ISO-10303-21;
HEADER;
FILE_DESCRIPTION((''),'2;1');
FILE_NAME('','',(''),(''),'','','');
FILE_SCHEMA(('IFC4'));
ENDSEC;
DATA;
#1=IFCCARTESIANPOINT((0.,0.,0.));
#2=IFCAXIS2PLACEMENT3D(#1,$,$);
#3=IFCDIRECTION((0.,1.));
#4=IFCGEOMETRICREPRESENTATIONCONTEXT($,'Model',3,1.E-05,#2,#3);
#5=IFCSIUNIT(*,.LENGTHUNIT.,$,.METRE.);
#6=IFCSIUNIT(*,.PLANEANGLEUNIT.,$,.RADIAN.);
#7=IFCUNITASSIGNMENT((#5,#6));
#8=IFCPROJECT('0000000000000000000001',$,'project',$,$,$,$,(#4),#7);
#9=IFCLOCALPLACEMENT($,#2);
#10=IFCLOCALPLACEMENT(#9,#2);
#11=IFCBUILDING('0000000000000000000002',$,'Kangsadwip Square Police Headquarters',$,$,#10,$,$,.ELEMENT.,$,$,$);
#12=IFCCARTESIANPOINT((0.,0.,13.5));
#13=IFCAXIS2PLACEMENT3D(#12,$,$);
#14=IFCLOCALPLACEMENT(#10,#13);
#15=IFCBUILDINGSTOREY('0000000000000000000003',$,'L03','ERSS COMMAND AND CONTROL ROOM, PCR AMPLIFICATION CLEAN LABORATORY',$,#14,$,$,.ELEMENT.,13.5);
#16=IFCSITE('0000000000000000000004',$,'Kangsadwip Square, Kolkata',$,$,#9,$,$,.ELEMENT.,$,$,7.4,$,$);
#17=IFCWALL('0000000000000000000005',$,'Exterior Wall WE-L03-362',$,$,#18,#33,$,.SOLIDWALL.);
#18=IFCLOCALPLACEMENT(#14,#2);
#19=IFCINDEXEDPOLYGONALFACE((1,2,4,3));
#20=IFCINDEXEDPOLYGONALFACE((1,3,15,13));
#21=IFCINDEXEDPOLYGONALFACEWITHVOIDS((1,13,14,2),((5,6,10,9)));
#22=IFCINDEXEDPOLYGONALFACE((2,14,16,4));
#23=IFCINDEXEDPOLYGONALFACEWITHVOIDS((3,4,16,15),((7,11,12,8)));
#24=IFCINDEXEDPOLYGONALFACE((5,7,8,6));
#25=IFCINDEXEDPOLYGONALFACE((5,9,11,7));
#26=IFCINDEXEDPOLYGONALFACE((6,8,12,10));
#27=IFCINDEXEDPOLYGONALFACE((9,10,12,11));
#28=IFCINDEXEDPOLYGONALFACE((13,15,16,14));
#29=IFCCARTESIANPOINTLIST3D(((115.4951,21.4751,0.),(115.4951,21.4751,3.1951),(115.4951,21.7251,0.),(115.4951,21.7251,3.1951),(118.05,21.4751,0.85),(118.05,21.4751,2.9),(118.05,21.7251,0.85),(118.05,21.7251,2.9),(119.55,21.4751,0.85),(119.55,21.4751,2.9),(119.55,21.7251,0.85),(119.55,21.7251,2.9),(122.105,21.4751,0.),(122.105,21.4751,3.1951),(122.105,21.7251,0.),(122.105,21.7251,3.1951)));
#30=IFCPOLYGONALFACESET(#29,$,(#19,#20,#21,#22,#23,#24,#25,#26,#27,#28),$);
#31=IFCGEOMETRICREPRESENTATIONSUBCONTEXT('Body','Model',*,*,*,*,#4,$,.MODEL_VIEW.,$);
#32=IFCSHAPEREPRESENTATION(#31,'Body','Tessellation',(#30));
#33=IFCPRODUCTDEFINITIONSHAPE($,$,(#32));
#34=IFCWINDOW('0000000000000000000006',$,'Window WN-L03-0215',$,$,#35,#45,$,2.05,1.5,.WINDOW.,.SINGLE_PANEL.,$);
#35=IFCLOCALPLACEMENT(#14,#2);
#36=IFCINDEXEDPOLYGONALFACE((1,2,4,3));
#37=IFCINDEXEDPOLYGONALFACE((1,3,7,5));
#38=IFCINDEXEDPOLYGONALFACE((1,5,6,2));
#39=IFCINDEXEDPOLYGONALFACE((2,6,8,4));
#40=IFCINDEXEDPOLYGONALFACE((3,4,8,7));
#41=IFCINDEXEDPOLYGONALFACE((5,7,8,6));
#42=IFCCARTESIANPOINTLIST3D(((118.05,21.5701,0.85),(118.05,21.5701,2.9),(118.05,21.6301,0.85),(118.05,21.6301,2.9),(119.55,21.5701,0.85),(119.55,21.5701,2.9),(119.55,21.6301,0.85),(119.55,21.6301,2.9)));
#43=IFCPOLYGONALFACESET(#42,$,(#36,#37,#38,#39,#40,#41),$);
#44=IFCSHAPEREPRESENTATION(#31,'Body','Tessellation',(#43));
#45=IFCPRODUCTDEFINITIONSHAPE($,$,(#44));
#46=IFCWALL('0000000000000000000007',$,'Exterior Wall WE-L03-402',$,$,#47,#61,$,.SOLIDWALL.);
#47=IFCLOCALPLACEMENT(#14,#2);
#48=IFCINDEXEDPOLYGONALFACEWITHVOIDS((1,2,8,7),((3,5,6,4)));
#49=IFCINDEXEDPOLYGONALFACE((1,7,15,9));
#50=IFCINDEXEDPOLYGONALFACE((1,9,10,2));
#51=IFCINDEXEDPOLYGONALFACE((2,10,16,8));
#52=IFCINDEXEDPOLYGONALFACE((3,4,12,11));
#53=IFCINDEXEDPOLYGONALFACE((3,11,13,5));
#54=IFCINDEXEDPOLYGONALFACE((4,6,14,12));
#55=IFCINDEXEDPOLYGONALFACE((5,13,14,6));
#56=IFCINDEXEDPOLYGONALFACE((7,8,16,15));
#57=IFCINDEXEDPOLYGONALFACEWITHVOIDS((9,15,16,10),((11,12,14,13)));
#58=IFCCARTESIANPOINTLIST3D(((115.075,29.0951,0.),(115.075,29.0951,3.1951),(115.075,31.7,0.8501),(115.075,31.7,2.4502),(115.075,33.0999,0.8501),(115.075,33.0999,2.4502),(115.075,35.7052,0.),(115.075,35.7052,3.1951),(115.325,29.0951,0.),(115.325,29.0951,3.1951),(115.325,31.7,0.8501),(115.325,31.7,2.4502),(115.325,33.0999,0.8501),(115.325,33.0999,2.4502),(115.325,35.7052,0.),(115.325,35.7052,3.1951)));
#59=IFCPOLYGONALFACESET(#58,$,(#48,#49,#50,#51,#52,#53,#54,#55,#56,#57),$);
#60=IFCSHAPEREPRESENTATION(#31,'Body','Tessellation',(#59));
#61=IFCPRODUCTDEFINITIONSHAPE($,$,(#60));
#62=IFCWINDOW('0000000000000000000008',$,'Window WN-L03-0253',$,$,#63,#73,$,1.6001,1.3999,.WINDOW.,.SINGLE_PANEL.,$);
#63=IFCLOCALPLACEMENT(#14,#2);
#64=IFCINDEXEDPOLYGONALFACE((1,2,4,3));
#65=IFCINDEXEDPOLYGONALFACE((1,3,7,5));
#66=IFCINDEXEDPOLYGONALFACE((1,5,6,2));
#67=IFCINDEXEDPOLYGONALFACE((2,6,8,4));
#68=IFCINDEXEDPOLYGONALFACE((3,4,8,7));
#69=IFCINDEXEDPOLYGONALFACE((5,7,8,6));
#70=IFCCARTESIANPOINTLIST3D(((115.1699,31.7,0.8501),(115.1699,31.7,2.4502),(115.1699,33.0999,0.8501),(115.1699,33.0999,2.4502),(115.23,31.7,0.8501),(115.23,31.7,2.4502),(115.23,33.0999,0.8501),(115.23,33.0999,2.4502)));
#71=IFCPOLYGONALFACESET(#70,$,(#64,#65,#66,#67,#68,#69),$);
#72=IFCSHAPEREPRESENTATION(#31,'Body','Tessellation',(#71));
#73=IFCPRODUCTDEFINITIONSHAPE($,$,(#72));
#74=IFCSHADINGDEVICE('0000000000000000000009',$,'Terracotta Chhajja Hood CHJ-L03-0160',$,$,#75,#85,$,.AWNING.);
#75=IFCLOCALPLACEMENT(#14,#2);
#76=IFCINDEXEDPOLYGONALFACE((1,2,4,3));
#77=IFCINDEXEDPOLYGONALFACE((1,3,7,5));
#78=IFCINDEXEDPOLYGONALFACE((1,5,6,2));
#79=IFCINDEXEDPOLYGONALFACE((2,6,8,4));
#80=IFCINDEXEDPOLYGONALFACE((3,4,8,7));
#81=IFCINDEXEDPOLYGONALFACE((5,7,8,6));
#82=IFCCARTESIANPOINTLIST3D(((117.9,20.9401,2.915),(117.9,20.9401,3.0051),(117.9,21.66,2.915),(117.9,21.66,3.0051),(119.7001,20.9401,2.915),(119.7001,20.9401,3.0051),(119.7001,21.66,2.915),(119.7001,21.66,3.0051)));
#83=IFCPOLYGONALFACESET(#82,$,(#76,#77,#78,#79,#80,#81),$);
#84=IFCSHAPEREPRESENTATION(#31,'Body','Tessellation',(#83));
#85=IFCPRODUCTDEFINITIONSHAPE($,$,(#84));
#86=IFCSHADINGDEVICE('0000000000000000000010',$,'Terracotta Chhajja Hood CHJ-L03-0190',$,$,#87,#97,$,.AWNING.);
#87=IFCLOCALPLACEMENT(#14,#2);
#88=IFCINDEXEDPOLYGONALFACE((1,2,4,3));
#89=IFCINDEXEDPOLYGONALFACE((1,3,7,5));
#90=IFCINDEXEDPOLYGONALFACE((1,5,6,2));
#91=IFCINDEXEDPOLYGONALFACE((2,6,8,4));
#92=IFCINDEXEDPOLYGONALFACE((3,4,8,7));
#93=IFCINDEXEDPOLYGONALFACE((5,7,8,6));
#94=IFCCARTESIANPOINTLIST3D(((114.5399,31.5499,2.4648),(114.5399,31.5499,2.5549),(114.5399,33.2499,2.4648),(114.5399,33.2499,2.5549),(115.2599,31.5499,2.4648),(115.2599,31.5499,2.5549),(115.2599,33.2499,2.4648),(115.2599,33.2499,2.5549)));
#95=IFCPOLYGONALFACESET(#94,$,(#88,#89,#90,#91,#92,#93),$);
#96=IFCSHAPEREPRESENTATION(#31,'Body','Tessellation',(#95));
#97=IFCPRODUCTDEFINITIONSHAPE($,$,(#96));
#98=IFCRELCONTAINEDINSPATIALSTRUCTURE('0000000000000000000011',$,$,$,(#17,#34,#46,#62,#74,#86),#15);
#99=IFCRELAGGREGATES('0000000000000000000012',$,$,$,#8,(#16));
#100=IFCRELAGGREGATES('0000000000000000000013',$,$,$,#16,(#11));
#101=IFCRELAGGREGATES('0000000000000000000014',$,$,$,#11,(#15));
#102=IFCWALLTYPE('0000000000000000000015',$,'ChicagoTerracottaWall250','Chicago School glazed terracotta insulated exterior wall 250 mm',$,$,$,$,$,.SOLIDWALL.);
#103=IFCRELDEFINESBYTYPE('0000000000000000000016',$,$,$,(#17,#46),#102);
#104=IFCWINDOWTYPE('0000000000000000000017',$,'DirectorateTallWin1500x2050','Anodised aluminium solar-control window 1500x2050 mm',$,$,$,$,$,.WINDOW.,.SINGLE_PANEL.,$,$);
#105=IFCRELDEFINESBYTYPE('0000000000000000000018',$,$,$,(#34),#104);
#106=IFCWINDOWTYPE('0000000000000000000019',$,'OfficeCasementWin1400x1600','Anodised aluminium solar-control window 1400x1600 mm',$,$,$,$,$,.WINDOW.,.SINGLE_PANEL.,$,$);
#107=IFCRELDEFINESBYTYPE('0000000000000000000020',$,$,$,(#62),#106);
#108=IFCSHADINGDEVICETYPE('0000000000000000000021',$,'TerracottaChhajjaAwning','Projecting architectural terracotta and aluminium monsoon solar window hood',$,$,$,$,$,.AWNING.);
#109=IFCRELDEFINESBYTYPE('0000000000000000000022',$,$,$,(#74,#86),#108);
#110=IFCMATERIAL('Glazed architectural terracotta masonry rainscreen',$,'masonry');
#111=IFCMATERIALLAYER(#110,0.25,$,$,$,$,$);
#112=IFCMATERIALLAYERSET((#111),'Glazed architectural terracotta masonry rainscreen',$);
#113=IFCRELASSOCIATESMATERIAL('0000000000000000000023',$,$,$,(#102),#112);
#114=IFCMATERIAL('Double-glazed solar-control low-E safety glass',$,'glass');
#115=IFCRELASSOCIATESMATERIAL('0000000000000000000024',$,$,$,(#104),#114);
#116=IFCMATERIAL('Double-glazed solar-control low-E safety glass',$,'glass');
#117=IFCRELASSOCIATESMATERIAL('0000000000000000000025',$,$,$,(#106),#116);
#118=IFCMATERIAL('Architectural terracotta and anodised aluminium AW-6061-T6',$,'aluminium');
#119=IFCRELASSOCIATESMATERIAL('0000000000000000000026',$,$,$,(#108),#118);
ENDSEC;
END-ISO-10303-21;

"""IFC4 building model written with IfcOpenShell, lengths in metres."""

from ifc_helpers import new_model, si_unit, direction, frame, frame_2d, origin, origin_2d, place, context, subcontext, project, spatial, rectangle, extrude, material, layer, layer_set, type_object, element, fill, save


model = new_model("IFC4")

# Units and contexts
model_context = context("Model", 3, precision=1e-05, world=origin(), true_north=direction((0.0, 1.0)))
body_context = subcontext(model_context, "Body", "Model", "MODEL_VIEW")
ifc_project = project(units=[si_unit("LENGTHUNIT", "METRE"), si_unit("PLANEANGLEUNIT", "RADIAN")], contexts=[model_context])

# Site, building, storey
site_placement = place(None, origin())
site = spatial("IfcSite", under=ifc_project, at=site_placement, Name="Kangsadwip Square, Kolkata", CompositionType="ELEMENT", RefElevation=7.4)
building_placement = place(site_placement, origin())
building = spatial("IfcBuilding", under=site, at=building_placement, Name="Kangsadwip Square Police Headquarters", CompositionType="ELEMENT")
storey_placement = place(building_placement, frame((0.0, 0.0, 13.5)))
storey = spatial("IfcBuildingStorey", under=building, at=storey_placement, Name="L03", Description="ERSS COMMAND AND CONTROL ROOM, PCR AMPLIFICATION CLEAN LABORATORY", CompositionType="ELEMENT", Elevation=13.5)

# Wall, opening, window
ifc_material_1 = material(Name="Glazed architectural terracotta masonry rainscreen", Category="masonry")
ifc_layer_1 = layer(ifc_material_1, 0.25)
ifc_layer_set_1 = layer_set([ifc_layer_1], Name="Glazed architectural terracotta masonry rainscreen")
wall_type_1 = type_object("IfcWallType", Name="ChicagoTerracottaWall250", Description="Chicago School glazed terracotta insulated exterior wall 250 mm", PredefinedType="SOLIDWALL", material=ifc_layer_set_1)
wall_1_placement = place(storey_placement, frame((115.4951, 21.6001, 0.0), z_axis=(0.0, 0.0, 1.0), x_axis=(1.0, 0.0, 0.0)))
wall_1 = element("IfcWall", 1, at=wall_1_placement, inside=storey, type_object=wall_type_1, Name="Exterior Wall WE-L03-362", PredefinedType="SOLIDWALL", context=body_context, shape_type="SweptSolid", body=[
    extrude(rectangle(XDim=6.6099, YDim=0.25, at=frame_2d((3.3049, 0.0))), origin(), (0.0, 0.0, 1.0), 3.1951),
])
opening_1_placement = place(wall_1_placement, frame((2.5549, 0.0, 0.8501)))
opening_1 = element("IfcOpeningElement", 2, at=opening_1_placement, cuts=wall_1, PredefinedType="OPENING", context=body_context, shape_type="SweptSolid", body=[
    extrude(rectangle(XDim=1.5, YDim=2.05, at=frame_2d((0.75, 1.0249))), frame((0.0, 0.135, 0.0), z_axis=(0.0, -1.0, 0.0), x_axis=(1.0, 0.0, 0.0)), (0.0, 0.0, 1.0), 0.27),
])
ifc_material_2 = material(Name="Double-glazed solar-control low-E safety glass", Category="glass")
window_type_1 = type_object("IfcWindowType", Name="DirectorateTallWin1500x2050", Description="Anodised aluminium solar-control window 1500x2050 mm", PartitioningType="SINGLE_PANEL", PredefinedType="WINDOW", material=ifc_material_2)
window_1_placement = place(opening_1_placement, origin())
window_1 = element("IfcWindow", 3, at=window_1_placement, inside=storey, type_object=window_type_1, Name="Window WN-L03-0215", OverallHeight=2.05, OverallWidth=1.5, PartitioningType="SINGLE_PANEL", PredefinedType="WINDOW", context=body_context, shape_type="SweptSolid", body=[
    extrude(rectangle(XDim=1.5, YDim=2.05, at=frame_2d((0.75, 1.0249))), frame((0.0, 0.03, 0.0), z_axis=(0.0, -1.0, 0.0), x_axis=(1.0, 0.0, 0.0)), (0.0, 0.0, 1.0), 0.0601),
])
fill(opening_1, window_1)

# Wall, opening, window
wall_2_placement = place(storey_placement, frame((115.2, 29.095, 0.0), z_axis=(0.0, 0.0, 1.0), x_axis=(0.0, 1.0, 0.0)))
wall_2 = element("IfcWall", 4, at=wall_2_placement, inside=storey, type_object=wall_type_1, Name="Exterior Wall WE-L03-402", PredefinedType="SOLIDWALL", context=body_context, shape_type="SweptSolid", body=[
    extrude(rectangle(XDim=6.6101, YDim=0.25, at=frame_2d((3.3052, 0.0))), origin(), (0.0, 0.0, 1.0), 3.1951),
])
opening_2_placement = place(wall_2_placement, frame((2.605, 0.0, 0.8501)))
opening_2 = element("IfcOpeningElement", 5, at=opening_2_placement, cuts=wall_2, PredefinedType="OPENING", context=body_context, shape_type="SweptSolid", body=[
    extrude(rectangle(XDim=1.3999, YDim=1.6001, at=frame_2d((0.7, 0.8))), frame((0.0, 0.135, 0.0), z_axis=(0.0, -1.0, 0.0), x_axis=(1.0, 0.0, 0.0)), (0.0, 0.0, 1.0), 0.27),
])
ifc_material_3 = material(Name="Double-glazed solar-control low-E safety glass", Category="glass")
window_type_2 = type_object("IfcWindowType", Name="OfficeCasementWin1400x1600", Description="Anodised aluminium solar-control window 1400x1600 mm", PartitioningType="SINGLE_PANEL", PredefinedType="WINDOW", material=ifc_material_3)
window_2_placement = place(opening_2_placement, origin())
window_2 = element("IfcWindow", 6, at=window_2_placement, inside=storey, type_object=window_type_2, Name="Window WN-L03-0253", OverallHeight=1.6001, OverallWidth=1.3999, PartitioningType="SINGLE_PANEL", PredefinedType="WINDOW", context=body_context, shape_type="SweptSolid", body=[
    extrude(rectangle(XDim=1.3999, YDim=1.6001, at=frame_2d((0.7, 0.8))), frame((0.0, 0.03, 0.0), z_axis=(0.0, -1.0, 0.0), x_axis=(1.0, 0.0, 0.0)), (0.0, 0.0, 1.0), 0.0601),
])
fill(opening_2, window_2)

# Shading devices
ifc_material_4 = material(Name="Architectural terracotta and anodised aluminium AW-6061-T6", Category="aluminium")
shading_device_type = type_object("IfcShadingDeviceType", Name="TerracottaChhajjaAwning", Description="Projecting architectural terracotta and aluminium monsoon solar window hood", PredefinedType="AWNING", material=ifc_material_4)
shading_device_1_placement = place(storey_placement, frame((118.8, 21.3, 2.915), z_axis=(0.0, 0.0, 1.0), x_axis=(1.0, 0.0, 0.0)))
element("IfcShadingDevice", 7, at=shading_device_1_placement, inside=storey, type_object=shading_device_type, Name="Terracotta Chhajja Hood CHJ-L03-0160", PredefinedType="AWNING", context=body_context, shape_type="SweptSolid", body=[
    extrude(rectangle(XDim=1.8, YDim=0.72, at=origin_2d()), origin(), (0.0, 0.0, 1.0), 0.0901),
])
shading_device_2_placement = place(storey_placement, frame((114.8999, 32.3999, 2.4648), z_axis=(0.0, 0.0, 1.0), x_axis=(0.0, 1.0, 0.0)))
element("IfcShadingDevice", 8, at=shading_device_2_placement, inside=storey, type_object=shading_device_type, Name="Terracotta Chhajja Hood CHJ-L03-0190", PredefinedType="AWNING", context=body_context, shape_type="SweptSolid", body=[
    extrude(rectangle(XDim=1.7, YDim=0.72, at=origin_2d()), origin(), (0.0, 0.0, 1.0), 0.0901),
])

save(model, "model.ifc")
